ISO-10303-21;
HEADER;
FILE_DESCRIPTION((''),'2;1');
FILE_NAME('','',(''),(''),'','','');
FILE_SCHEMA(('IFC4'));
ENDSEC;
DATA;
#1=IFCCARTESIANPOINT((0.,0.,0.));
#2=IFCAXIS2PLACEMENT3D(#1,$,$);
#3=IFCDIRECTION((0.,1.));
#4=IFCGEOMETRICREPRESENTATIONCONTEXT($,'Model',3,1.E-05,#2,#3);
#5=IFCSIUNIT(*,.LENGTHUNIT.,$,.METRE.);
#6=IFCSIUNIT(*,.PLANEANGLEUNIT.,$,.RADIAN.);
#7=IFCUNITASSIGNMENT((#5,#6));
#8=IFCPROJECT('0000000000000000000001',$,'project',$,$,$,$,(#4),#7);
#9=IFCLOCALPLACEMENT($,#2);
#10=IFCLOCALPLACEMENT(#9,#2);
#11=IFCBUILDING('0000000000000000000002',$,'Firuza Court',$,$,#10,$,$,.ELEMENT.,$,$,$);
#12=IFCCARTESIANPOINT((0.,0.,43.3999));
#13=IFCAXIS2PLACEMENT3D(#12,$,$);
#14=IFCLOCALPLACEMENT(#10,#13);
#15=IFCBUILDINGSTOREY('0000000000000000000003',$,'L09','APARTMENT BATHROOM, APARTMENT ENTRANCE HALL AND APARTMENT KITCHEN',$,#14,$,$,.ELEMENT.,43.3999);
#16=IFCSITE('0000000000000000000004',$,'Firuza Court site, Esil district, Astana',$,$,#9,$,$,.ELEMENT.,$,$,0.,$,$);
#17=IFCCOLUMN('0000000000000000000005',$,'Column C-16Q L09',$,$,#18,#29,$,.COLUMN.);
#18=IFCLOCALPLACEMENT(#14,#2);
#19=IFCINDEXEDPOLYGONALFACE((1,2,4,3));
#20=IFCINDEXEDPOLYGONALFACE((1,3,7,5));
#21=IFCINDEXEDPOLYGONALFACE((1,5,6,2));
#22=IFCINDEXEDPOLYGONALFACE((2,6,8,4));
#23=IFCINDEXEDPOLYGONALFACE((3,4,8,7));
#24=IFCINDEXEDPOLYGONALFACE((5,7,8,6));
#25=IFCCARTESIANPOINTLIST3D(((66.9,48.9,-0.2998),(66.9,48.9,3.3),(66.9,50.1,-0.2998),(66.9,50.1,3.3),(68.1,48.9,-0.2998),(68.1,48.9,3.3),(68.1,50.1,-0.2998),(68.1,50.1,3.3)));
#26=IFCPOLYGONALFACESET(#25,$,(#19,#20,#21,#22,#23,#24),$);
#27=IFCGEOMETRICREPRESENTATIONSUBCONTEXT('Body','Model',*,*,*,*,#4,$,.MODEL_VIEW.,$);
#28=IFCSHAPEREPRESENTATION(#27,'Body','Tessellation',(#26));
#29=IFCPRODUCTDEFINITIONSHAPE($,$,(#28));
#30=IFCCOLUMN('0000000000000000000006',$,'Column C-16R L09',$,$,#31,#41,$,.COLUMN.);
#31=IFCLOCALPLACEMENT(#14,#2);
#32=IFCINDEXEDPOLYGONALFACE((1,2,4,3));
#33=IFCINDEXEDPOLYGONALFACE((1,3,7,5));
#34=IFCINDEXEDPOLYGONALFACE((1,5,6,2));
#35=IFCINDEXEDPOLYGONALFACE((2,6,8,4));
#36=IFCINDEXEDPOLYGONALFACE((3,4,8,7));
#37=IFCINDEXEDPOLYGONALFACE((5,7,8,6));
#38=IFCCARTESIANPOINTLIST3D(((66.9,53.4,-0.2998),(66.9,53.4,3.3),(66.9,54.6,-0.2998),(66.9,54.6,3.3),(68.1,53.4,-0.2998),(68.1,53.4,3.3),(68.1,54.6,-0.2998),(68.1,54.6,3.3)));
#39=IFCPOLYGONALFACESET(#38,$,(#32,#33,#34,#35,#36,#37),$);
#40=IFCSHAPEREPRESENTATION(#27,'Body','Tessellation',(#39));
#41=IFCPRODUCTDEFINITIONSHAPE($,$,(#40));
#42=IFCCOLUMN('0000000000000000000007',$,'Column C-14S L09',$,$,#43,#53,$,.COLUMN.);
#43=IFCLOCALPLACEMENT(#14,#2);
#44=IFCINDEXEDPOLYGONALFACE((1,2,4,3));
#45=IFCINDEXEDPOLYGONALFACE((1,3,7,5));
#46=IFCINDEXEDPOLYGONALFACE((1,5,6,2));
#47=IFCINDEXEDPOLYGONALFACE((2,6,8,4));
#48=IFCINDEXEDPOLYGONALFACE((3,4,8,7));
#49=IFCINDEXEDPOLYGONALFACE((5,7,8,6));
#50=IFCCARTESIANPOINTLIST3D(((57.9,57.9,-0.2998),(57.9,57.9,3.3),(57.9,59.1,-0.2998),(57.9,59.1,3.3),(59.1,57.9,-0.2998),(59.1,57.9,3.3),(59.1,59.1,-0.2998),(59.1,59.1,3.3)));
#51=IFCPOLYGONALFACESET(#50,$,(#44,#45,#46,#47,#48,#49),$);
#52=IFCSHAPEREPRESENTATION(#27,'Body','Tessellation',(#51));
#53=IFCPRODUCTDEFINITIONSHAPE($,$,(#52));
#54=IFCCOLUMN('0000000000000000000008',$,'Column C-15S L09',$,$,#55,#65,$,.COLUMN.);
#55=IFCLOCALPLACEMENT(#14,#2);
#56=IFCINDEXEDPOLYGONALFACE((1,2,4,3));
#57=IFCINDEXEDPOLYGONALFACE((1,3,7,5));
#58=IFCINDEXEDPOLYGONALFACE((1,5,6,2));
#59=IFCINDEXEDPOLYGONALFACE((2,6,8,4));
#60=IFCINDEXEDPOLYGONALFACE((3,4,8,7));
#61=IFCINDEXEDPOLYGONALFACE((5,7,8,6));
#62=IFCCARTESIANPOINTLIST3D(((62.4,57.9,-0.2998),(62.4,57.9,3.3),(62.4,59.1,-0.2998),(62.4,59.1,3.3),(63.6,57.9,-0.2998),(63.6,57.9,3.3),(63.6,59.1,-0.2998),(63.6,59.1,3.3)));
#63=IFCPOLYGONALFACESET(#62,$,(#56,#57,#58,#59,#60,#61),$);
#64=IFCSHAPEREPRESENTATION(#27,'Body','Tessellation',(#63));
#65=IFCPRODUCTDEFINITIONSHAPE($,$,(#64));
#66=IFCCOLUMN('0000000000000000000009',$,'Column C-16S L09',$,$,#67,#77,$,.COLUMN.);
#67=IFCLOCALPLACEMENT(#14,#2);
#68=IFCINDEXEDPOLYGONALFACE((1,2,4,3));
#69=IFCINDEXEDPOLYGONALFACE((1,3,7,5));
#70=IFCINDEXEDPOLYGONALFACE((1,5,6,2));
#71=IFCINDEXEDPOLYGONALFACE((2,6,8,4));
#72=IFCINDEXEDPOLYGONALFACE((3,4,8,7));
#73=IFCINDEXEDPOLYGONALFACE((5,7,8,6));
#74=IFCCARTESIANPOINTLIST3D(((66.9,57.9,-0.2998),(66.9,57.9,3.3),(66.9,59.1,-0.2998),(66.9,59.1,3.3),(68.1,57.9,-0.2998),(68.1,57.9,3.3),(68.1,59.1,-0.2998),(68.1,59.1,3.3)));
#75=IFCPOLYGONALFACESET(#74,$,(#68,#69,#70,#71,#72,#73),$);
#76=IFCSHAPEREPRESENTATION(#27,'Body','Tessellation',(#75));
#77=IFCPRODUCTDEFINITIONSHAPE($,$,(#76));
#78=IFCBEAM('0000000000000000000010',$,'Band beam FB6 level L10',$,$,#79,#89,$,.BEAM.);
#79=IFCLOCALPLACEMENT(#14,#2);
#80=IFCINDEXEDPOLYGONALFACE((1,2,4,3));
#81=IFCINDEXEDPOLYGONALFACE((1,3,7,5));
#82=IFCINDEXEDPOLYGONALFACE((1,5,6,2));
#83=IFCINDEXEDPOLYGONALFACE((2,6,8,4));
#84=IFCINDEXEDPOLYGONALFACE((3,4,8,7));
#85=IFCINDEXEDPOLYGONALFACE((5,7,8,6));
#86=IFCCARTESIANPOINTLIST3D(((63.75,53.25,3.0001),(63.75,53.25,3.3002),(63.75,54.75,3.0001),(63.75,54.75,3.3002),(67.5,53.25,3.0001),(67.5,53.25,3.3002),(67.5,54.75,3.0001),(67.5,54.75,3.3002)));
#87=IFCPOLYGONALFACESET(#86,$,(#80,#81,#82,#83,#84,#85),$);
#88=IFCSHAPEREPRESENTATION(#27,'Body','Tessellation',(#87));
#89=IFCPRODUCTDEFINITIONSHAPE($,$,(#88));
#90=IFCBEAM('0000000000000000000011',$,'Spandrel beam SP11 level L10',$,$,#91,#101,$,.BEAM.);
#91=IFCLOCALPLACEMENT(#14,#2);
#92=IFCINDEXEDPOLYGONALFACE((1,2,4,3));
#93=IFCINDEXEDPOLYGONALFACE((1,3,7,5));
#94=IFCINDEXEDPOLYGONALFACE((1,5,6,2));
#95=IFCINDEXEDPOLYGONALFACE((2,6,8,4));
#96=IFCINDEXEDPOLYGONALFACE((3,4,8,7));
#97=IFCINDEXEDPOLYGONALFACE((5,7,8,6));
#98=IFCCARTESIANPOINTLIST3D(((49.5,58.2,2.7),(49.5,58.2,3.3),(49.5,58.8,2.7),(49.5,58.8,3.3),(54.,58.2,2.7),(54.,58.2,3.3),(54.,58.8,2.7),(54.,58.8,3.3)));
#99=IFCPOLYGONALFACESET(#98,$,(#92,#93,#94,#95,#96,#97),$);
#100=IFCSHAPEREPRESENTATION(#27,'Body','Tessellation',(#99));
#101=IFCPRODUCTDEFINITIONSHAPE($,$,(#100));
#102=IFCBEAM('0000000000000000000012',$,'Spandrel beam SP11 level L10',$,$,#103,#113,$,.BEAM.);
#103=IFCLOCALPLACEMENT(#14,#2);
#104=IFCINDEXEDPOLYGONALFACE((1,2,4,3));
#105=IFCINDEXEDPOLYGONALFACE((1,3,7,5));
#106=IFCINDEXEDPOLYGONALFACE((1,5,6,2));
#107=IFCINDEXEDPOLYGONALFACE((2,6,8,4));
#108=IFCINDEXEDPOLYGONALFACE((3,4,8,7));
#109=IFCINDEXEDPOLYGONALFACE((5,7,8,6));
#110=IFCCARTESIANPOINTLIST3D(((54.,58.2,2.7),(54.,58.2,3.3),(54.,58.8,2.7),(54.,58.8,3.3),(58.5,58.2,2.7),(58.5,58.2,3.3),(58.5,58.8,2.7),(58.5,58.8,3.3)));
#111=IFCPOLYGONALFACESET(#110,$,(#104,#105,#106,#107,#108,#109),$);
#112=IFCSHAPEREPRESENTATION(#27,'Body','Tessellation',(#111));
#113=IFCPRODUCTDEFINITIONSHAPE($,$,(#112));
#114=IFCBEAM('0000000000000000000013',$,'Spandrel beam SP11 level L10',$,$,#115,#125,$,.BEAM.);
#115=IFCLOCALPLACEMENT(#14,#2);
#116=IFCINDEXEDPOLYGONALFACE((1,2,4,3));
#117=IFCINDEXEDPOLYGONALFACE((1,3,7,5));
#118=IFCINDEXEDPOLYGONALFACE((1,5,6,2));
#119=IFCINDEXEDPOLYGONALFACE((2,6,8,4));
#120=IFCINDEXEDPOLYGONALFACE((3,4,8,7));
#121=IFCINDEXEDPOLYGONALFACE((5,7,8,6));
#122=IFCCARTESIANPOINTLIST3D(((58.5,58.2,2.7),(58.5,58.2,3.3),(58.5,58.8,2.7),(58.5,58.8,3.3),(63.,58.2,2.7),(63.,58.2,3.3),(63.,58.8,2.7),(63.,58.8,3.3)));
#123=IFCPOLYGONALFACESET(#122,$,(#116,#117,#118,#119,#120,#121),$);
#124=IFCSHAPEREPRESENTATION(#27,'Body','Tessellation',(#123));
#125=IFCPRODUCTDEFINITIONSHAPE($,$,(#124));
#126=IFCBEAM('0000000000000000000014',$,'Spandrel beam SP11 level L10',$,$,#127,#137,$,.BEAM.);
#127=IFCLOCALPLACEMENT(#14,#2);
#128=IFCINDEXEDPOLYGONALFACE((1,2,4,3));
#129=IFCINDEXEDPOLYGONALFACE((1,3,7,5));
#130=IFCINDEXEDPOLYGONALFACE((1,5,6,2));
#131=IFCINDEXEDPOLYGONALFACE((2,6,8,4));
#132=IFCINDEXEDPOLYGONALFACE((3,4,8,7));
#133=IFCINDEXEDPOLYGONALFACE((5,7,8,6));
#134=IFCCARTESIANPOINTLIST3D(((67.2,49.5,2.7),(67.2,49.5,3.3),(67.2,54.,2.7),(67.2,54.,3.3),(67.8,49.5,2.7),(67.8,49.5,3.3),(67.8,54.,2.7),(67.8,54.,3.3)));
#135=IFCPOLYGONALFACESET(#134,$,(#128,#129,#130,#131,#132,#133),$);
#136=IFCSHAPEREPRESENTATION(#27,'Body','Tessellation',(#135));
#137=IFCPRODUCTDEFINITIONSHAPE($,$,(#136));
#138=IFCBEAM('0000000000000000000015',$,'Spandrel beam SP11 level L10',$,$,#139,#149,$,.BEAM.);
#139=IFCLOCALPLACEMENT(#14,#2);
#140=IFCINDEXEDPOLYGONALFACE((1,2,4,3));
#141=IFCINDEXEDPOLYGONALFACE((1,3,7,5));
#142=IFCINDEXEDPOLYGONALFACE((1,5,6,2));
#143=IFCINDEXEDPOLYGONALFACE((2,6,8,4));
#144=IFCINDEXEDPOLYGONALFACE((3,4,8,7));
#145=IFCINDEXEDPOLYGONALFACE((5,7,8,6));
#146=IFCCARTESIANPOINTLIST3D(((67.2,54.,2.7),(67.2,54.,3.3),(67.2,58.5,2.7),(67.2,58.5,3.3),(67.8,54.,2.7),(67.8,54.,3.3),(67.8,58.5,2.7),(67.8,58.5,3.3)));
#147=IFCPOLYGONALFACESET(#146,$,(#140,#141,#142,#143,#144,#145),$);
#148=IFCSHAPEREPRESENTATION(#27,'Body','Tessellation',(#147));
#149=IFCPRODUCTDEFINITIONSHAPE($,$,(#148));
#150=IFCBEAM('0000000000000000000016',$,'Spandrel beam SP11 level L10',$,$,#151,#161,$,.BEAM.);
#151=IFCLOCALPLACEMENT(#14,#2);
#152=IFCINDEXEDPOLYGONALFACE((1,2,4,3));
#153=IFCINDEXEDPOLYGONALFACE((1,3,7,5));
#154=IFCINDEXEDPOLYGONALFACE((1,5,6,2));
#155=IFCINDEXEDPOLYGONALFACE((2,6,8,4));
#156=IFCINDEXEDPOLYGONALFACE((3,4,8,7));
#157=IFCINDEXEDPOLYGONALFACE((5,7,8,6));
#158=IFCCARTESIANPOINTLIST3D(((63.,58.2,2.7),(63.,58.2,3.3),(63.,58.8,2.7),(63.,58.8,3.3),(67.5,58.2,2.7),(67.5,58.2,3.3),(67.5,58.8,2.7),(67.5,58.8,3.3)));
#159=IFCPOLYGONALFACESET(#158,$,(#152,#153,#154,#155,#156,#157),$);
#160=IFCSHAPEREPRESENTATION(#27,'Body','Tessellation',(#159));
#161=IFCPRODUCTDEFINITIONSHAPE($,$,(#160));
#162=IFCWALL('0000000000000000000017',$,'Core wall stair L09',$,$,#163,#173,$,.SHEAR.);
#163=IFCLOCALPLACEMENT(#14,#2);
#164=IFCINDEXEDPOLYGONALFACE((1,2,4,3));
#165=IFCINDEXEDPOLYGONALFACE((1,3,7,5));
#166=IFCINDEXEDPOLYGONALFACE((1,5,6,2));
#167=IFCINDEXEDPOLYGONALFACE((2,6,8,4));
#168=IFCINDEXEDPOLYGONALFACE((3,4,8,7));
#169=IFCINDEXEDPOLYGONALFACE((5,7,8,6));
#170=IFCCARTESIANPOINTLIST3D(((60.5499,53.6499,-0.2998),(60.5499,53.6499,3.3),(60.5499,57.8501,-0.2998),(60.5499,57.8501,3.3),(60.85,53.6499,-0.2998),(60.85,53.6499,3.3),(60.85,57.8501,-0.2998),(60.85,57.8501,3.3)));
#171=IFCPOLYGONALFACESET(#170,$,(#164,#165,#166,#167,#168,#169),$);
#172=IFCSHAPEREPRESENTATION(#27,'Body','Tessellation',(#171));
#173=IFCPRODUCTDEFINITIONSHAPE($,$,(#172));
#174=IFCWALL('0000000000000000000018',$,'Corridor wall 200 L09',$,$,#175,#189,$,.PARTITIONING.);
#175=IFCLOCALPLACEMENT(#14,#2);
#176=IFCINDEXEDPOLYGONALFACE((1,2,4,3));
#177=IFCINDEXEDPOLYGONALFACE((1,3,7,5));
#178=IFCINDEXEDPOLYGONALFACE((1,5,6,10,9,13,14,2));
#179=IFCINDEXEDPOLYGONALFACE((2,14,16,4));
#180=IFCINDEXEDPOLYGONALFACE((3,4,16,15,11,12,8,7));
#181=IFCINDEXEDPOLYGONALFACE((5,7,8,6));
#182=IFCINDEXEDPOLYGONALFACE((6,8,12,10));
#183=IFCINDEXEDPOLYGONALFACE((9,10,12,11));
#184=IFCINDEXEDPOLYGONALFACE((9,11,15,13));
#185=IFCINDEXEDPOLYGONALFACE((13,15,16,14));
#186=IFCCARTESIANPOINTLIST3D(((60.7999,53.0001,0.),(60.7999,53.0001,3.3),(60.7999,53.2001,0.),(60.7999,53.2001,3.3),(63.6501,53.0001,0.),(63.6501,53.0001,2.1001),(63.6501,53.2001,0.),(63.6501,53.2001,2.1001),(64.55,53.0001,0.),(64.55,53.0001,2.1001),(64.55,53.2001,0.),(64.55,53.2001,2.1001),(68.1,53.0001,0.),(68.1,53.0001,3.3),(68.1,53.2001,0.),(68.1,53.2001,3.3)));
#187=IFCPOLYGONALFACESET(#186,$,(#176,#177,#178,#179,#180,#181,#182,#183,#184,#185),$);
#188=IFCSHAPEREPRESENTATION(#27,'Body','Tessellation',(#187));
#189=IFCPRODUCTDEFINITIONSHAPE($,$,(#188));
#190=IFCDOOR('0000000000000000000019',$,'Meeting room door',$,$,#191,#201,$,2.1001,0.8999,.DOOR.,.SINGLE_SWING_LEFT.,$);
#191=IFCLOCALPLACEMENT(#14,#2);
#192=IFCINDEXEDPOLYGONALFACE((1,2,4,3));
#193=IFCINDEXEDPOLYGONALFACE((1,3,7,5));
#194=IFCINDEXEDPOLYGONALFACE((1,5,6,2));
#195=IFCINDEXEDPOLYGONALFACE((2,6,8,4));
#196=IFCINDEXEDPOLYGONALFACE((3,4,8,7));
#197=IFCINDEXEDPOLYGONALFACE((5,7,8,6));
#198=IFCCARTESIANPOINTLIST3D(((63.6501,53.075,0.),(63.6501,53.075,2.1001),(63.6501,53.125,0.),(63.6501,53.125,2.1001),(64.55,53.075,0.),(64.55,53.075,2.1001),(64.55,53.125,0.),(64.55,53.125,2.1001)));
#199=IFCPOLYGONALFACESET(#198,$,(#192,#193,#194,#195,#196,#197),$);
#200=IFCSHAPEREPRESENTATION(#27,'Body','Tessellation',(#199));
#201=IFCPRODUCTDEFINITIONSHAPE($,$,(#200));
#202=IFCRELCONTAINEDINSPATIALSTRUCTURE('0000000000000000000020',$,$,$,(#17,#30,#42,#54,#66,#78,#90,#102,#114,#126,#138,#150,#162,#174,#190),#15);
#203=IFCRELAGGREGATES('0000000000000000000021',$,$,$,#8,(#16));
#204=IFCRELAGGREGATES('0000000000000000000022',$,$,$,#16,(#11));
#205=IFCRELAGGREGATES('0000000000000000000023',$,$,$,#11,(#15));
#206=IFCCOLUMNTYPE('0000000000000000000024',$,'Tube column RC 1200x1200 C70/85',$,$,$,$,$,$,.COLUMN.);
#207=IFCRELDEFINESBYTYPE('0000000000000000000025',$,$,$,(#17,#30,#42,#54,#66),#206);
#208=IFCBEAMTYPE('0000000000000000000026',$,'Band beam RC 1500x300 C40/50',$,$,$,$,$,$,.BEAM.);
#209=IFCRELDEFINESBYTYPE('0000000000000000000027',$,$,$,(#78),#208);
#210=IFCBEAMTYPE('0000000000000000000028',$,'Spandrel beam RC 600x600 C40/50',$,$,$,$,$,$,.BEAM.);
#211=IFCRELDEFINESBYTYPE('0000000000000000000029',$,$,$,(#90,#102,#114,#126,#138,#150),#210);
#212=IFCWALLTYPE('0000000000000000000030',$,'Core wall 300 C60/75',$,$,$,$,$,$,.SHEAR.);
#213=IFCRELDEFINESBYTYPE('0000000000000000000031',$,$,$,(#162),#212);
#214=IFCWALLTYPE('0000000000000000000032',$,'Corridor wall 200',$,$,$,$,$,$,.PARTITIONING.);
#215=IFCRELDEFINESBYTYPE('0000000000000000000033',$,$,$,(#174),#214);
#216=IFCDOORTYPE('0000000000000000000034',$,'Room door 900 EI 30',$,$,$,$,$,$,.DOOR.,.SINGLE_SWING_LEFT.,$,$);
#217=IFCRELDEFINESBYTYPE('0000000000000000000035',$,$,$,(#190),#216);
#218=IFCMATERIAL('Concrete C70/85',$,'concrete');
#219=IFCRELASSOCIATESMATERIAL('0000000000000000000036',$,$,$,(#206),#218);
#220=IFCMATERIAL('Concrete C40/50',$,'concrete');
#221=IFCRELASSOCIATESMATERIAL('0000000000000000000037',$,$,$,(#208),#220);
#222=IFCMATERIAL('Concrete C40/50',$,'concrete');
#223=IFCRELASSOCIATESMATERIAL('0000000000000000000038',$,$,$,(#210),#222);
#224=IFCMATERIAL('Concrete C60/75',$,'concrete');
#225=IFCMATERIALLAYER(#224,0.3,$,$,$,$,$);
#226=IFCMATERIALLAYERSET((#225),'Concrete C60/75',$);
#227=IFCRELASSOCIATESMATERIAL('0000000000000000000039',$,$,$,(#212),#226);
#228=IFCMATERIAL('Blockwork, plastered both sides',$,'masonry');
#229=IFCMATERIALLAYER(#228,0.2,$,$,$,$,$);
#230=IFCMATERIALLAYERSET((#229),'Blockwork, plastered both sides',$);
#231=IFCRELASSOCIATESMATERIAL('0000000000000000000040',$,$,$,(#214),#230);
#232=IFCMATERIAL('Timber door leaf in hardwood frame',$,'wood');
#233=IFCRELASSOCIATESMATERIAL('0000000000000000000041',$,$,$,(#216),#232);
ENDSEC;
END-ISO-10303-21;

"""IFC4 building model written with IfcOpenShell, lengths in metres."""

from ifc_helpers import new_model, si_unit, direction, frame, frame_2d, origin, origin_2d, place, context, subcontext, project, spatial, rectangle, extrude, material, layer, layer_set, material_profile, profile_set, type_object, element, fill, save


model = new_model("IFC4")

# Units and contexts
model_context = context("Model", 3, precision=1e-05, world=origin(), true_north=direction((0.0, 1.0)))
body_context = subcontext(model_context, "Body", "Model", "MODEL_VIEW")
ifc_project = project(units=[si_unit("LENGTHUNIT", "METRE"), si_unit("PLANEANGLEUNIT", "RADIAN")], contexts=[model_context])

# Site, building, storey
site_placement = place(None, origin())
site = spatial("IfcSite", under=ifc_project, at=site_placement, Name="Firuza Court site, Esil district, Astana", CompositionType="ELEMENT", RefElevation=0.0)
building_placement = place(site_placement, origin())
building = spatial("IfcBuilding", under=site, at=building_placement, Name="Firuza Court", CompositionType="ELEMENT")
storey_placement = place(building_placement, frame((0.0, 0.0, 43.3999)))
storey = spatial("IfcBuildingStorey", under=building, at=storey_placement, Name="L09", Description="APARTMENT BATHROOM, APARTMENT ENTRANCE HALL AND APARTMENT KITCHEN", CompositionType="ELEMENT", Elevation=43.3999)

# Columns
ifc_material_1 = material(Name="Concrete C70/85", Category="concrete")
ifc_material_profile_1 = material_profile(ifc_material_1, rectangle(XDim=1.2, YDim=1.2, at=origin_2d()), Name="RC 1200x1200")
ifc_profile_set_1 = profile_set([ifc_material_profile_1], Name="Concrete C70/85")
column_type = type_object("IfcColumnType", Name="Tube column RC 1200x1200 C70/85", PredefinedType="COLUMN", material=ifc_profile_set_1)
for number, where, z_axis, x_axis, name in (
    (1, (67.5, 49.5, -0.2998), (0.0, 0.0, 1.0), (1.0, 0.0, 0.0), "Column C-16Q L09"),
    (2, (67.5, 54.0, -0.2998), (0.0, 0.0, 1.0), (1.0, 0.0, 0.0), "Column C-16R L09"),
    (3, (58.5, 58.5, -0.2998), (0.0, 0.0, 1.0), (1.0, 0.0, 0.0), "Column C-14S L09"),
    (4, (63.0, 58.5, -0.2998), (0.0, 0.0, 1.0), (1.0, 0.0, 0.0), "Column C-15S L09"),
    (5, (67.5, 58.5, -0.2998), (0.0, 0.0, 1.0), (1.0, 0.0, 0.0), "Column C-16S L09"),
):
    element("IfcColumn", number, at=place(storey_placement, frame(where, z_axis=z_axis, x_axis=x_axis)), inside=storey, type_object=column_type, Name=name, PredefinedType="COLUMN", context=body_context, shape_type="SweptSolid", body=[
        extrude(rectangle(XDim=1.2, YDim=1.2, at=origin_2d()), origin(), (0.0, 0.0, 1.0), 3.5999),
    ])

# Beams
ifc_material_2 = material(Name="Concrete C40/50", Category="concrete")
ifc_material_profile_2 = material_profile(ifc_material_2, rectangle(XDim=1.5, YDim=0.3, at=origin_2d()), Name="RC 1500x300")
ifc_profile_set_2 = profile_set([ifc_material_profile_2], Name="Concrete C40/50")
beam_type_1 = type_object("IfcBeamType", Name="Band beam RC 1500x300 C40/50", PredefinedType="BEAM", material=ifc_profile_set_2)
beam_placement = place(storey_placement, frame((67.5, 54.0, 3.1501), z_axis=(-1.0, 0.0, 0.0), x_axis=(0.0, -1.0, 0.0)))
element("IfcBeam", 6, at=beam_placement, inside=storey, type_object=beam_type_1, Name="Band beam FB6 level L10", PredefinedType="BEAM", context=body_context, shape_type="SweptSolid", body=[
    extrude(rectangle(XDim=1.5, YDim=0.3, at=origin_2d()), origin(), (0.0, 0.0, 1.0), 3.75),
])
ifc_material_3 = material(Name="Concrete C40/50", Category="concrete")
ifc_material_profile_3 = material_profile(ifc_material_3, rectangle(XDim=0.6001, YDim=0.6001, at=origin_2d()), Name="RC 600x600")
ifc_profile_set_3 = profile_set([ifc_material_profile_3], Name="Concrete C40/50")
beam_type_2 = type_object("IfcBeamType", Name="Spandrel beam RC 600x600 C40/50", PredefinedType="BEAM", material=ifc_profile_set_3)
for number, where, z_axis, x_axis, name in (
    (7, (54.0, 58.5, 3.0), (-1.0, 0.0, 0.0), (0.0, -1.0, 0.0), "Spandrel beam SP11 level L10"),
    (8, (58.5, 58.5, 3.0), (-1.0, 0.0, 0.0), (0.0, -1.0, 0.0), "Spandrel beam SP11 level L10"),
    (9, (63.0, 58.5, 3.0), (-1.0, 0.0, 0.0), (0.0, -1.0, 0.0), "Spandrel beam SP11 level L10"),
    (10, (67.5, 49.5, 3.0), (0.0, 1.0, 0.0), (-1.0, 0.0, 0.0), "Spandrel beam SP11 level L10"),
    (11, (67.5, 54.0, 3.0), (0.0, 1.0, 0.0), (-1.0, 0.0, 0.0), "Spandrel beam SP11 level L10"),
    (12, (67.5, 58.5, 3.0), (-1.0, 0.0, 0.0), (0.0, -1.0, 0.0), "Spandrel beam SP11 level L10"),
):
    element("IfcBeam", number, at=place(storey_placement, frame(where, z_axis=z_axis, x_axis=x_axis)), inside=storey, type_object=beam_type_2, Name=name, PredefinedType="BEAM", context=body_context, shape_type="SweptSolid", body=[
        extrude(rectangle(XDim=0.6001, YDim=0.6001, at=origin_2d()), origin(), (0.0, 0.0, 1.0), 4.5),
    ])

# Wall
ifc_material_4 = material(Name="Concrete C60/75", Category="concrete")
ifc_layer_1 = layer(ifc_material_4, 0.3)
ifc_layer_set_1 = layer_set([ifc_layer_1], Name="Concrete C60/75")
wall_type_1 = type_object("IfcWallType", Name="Core wall 300 C60/75", PredefinedType="SHEAR", material=ifc_layer_set_1)
wall_1_placement = place(storey_placement, frame((60.7, 53.6499, -0.2998), z_axis=(0.0, 0.0, 1.0), x_axis=(0.0, 1.0, 0.0)))
element("IfcWall", 13, at=wall_1_placement, inside=storey, type_object=wall_type_1, Name="Core wall stair L09", PredefinedType="SHEAR", context=body_context, shape_type="SweptSolid", body=[
    extrude(rectangle(XDim=4.2002, YDim=0.3, at=frame_2d((2.1001, 0.0))), origin(), (0.0, 0.0, 1.0), 3.5999),
])

# Wall, opening, door
ifc_material_5 = material(Name="Blockwork, plastered both sides", Category="masonry")
ifc_layer_2 = layer(ifc_material_5, 0.2)
ifc_layer_set_2 = layer_set([ifc_layer_2], Name="Blockwork, plastered both sides")
wall_type_2 = type_object("IfcWallType", Name="Corridor wall 200", PredefinedType="PARTITIONING", material=ifc_layer_set_2)
wall_2_placement = place(storey_placement, frame((60.8, 53.1001, 0.0), z_axis=(0.0, 0.0, 1.0), x_axis=(1.0, 0.0, 0.0)))
wall_2 = element("IfcWall", 14, at=wall_2_placement, inside=storey, type_object=wall_type_2, Name="Corridor wall 200 L09", PredefinedType="PARTITIONING", context=body_context, shape_type="SweptSolid", body=[
    extrude(rectangle(XDim=7.3, YDim=0.2, at=frame_2d((3.6499, 0.0))), origin(), (0.0, 0.0, 1.0), 3.3),
])
opening_1_placement = place(wall_2_placement, frame((2.8501, 0.0, 0.0)))
opening_1 = element("IfcOpeningElement", 15, at=opening_1_placement, cuts=wall_2, PredefinedType="OPENING", context=body_context, shape_type="SweptSolid", body=[
    extrude(rectangle(XDim=0.8999, YDim=2.1001, at=frame_2d((0.45, 1.05))), frame((0.0, 0.1118, 0.0), z_axis=(0.0, -1.0, 0.0), x_axis=(1.0, 0.0, 0.0)), (0.0, 0.0, 1.0), 0.2239),
])
ifc_material_6 = material(Name="Timber door leaf in hardwood frame", Category="wood")
door_type = type_object("IfcDoorType", Name="Room door 900 EI 30", OperationType="SINGLE_SWING_LEFT", PredefinedType="DOOR", material=ifc_material_6)
door_placement = place(opening_1_placement, origin())
door = element("IfcDoor", 16, at=door_placement, inside=storey, type_object=door_type, Name="Meeting room door", OperationType="SINGLE_SWING_LEFT", OverallHeight=2.1001, OverallWidth=0.8999, PredefinedType="DOOR", context=body_context, shape_type="SweptSolid", body=[
    extrude(rectangle(XDim=0.8999, YDim=2.1001, at=frame_2d((0.45, 1.05))), frame((0.0, 0.0249, 0.0), z_axis=(0.0, -1.0, 0.0), x_axis=(1.0, 0.0, 0.0)), (0.0, 0.0, 1.0), 0.05),
])
fill(opening_1, door)

save(model, "model.ifc")
